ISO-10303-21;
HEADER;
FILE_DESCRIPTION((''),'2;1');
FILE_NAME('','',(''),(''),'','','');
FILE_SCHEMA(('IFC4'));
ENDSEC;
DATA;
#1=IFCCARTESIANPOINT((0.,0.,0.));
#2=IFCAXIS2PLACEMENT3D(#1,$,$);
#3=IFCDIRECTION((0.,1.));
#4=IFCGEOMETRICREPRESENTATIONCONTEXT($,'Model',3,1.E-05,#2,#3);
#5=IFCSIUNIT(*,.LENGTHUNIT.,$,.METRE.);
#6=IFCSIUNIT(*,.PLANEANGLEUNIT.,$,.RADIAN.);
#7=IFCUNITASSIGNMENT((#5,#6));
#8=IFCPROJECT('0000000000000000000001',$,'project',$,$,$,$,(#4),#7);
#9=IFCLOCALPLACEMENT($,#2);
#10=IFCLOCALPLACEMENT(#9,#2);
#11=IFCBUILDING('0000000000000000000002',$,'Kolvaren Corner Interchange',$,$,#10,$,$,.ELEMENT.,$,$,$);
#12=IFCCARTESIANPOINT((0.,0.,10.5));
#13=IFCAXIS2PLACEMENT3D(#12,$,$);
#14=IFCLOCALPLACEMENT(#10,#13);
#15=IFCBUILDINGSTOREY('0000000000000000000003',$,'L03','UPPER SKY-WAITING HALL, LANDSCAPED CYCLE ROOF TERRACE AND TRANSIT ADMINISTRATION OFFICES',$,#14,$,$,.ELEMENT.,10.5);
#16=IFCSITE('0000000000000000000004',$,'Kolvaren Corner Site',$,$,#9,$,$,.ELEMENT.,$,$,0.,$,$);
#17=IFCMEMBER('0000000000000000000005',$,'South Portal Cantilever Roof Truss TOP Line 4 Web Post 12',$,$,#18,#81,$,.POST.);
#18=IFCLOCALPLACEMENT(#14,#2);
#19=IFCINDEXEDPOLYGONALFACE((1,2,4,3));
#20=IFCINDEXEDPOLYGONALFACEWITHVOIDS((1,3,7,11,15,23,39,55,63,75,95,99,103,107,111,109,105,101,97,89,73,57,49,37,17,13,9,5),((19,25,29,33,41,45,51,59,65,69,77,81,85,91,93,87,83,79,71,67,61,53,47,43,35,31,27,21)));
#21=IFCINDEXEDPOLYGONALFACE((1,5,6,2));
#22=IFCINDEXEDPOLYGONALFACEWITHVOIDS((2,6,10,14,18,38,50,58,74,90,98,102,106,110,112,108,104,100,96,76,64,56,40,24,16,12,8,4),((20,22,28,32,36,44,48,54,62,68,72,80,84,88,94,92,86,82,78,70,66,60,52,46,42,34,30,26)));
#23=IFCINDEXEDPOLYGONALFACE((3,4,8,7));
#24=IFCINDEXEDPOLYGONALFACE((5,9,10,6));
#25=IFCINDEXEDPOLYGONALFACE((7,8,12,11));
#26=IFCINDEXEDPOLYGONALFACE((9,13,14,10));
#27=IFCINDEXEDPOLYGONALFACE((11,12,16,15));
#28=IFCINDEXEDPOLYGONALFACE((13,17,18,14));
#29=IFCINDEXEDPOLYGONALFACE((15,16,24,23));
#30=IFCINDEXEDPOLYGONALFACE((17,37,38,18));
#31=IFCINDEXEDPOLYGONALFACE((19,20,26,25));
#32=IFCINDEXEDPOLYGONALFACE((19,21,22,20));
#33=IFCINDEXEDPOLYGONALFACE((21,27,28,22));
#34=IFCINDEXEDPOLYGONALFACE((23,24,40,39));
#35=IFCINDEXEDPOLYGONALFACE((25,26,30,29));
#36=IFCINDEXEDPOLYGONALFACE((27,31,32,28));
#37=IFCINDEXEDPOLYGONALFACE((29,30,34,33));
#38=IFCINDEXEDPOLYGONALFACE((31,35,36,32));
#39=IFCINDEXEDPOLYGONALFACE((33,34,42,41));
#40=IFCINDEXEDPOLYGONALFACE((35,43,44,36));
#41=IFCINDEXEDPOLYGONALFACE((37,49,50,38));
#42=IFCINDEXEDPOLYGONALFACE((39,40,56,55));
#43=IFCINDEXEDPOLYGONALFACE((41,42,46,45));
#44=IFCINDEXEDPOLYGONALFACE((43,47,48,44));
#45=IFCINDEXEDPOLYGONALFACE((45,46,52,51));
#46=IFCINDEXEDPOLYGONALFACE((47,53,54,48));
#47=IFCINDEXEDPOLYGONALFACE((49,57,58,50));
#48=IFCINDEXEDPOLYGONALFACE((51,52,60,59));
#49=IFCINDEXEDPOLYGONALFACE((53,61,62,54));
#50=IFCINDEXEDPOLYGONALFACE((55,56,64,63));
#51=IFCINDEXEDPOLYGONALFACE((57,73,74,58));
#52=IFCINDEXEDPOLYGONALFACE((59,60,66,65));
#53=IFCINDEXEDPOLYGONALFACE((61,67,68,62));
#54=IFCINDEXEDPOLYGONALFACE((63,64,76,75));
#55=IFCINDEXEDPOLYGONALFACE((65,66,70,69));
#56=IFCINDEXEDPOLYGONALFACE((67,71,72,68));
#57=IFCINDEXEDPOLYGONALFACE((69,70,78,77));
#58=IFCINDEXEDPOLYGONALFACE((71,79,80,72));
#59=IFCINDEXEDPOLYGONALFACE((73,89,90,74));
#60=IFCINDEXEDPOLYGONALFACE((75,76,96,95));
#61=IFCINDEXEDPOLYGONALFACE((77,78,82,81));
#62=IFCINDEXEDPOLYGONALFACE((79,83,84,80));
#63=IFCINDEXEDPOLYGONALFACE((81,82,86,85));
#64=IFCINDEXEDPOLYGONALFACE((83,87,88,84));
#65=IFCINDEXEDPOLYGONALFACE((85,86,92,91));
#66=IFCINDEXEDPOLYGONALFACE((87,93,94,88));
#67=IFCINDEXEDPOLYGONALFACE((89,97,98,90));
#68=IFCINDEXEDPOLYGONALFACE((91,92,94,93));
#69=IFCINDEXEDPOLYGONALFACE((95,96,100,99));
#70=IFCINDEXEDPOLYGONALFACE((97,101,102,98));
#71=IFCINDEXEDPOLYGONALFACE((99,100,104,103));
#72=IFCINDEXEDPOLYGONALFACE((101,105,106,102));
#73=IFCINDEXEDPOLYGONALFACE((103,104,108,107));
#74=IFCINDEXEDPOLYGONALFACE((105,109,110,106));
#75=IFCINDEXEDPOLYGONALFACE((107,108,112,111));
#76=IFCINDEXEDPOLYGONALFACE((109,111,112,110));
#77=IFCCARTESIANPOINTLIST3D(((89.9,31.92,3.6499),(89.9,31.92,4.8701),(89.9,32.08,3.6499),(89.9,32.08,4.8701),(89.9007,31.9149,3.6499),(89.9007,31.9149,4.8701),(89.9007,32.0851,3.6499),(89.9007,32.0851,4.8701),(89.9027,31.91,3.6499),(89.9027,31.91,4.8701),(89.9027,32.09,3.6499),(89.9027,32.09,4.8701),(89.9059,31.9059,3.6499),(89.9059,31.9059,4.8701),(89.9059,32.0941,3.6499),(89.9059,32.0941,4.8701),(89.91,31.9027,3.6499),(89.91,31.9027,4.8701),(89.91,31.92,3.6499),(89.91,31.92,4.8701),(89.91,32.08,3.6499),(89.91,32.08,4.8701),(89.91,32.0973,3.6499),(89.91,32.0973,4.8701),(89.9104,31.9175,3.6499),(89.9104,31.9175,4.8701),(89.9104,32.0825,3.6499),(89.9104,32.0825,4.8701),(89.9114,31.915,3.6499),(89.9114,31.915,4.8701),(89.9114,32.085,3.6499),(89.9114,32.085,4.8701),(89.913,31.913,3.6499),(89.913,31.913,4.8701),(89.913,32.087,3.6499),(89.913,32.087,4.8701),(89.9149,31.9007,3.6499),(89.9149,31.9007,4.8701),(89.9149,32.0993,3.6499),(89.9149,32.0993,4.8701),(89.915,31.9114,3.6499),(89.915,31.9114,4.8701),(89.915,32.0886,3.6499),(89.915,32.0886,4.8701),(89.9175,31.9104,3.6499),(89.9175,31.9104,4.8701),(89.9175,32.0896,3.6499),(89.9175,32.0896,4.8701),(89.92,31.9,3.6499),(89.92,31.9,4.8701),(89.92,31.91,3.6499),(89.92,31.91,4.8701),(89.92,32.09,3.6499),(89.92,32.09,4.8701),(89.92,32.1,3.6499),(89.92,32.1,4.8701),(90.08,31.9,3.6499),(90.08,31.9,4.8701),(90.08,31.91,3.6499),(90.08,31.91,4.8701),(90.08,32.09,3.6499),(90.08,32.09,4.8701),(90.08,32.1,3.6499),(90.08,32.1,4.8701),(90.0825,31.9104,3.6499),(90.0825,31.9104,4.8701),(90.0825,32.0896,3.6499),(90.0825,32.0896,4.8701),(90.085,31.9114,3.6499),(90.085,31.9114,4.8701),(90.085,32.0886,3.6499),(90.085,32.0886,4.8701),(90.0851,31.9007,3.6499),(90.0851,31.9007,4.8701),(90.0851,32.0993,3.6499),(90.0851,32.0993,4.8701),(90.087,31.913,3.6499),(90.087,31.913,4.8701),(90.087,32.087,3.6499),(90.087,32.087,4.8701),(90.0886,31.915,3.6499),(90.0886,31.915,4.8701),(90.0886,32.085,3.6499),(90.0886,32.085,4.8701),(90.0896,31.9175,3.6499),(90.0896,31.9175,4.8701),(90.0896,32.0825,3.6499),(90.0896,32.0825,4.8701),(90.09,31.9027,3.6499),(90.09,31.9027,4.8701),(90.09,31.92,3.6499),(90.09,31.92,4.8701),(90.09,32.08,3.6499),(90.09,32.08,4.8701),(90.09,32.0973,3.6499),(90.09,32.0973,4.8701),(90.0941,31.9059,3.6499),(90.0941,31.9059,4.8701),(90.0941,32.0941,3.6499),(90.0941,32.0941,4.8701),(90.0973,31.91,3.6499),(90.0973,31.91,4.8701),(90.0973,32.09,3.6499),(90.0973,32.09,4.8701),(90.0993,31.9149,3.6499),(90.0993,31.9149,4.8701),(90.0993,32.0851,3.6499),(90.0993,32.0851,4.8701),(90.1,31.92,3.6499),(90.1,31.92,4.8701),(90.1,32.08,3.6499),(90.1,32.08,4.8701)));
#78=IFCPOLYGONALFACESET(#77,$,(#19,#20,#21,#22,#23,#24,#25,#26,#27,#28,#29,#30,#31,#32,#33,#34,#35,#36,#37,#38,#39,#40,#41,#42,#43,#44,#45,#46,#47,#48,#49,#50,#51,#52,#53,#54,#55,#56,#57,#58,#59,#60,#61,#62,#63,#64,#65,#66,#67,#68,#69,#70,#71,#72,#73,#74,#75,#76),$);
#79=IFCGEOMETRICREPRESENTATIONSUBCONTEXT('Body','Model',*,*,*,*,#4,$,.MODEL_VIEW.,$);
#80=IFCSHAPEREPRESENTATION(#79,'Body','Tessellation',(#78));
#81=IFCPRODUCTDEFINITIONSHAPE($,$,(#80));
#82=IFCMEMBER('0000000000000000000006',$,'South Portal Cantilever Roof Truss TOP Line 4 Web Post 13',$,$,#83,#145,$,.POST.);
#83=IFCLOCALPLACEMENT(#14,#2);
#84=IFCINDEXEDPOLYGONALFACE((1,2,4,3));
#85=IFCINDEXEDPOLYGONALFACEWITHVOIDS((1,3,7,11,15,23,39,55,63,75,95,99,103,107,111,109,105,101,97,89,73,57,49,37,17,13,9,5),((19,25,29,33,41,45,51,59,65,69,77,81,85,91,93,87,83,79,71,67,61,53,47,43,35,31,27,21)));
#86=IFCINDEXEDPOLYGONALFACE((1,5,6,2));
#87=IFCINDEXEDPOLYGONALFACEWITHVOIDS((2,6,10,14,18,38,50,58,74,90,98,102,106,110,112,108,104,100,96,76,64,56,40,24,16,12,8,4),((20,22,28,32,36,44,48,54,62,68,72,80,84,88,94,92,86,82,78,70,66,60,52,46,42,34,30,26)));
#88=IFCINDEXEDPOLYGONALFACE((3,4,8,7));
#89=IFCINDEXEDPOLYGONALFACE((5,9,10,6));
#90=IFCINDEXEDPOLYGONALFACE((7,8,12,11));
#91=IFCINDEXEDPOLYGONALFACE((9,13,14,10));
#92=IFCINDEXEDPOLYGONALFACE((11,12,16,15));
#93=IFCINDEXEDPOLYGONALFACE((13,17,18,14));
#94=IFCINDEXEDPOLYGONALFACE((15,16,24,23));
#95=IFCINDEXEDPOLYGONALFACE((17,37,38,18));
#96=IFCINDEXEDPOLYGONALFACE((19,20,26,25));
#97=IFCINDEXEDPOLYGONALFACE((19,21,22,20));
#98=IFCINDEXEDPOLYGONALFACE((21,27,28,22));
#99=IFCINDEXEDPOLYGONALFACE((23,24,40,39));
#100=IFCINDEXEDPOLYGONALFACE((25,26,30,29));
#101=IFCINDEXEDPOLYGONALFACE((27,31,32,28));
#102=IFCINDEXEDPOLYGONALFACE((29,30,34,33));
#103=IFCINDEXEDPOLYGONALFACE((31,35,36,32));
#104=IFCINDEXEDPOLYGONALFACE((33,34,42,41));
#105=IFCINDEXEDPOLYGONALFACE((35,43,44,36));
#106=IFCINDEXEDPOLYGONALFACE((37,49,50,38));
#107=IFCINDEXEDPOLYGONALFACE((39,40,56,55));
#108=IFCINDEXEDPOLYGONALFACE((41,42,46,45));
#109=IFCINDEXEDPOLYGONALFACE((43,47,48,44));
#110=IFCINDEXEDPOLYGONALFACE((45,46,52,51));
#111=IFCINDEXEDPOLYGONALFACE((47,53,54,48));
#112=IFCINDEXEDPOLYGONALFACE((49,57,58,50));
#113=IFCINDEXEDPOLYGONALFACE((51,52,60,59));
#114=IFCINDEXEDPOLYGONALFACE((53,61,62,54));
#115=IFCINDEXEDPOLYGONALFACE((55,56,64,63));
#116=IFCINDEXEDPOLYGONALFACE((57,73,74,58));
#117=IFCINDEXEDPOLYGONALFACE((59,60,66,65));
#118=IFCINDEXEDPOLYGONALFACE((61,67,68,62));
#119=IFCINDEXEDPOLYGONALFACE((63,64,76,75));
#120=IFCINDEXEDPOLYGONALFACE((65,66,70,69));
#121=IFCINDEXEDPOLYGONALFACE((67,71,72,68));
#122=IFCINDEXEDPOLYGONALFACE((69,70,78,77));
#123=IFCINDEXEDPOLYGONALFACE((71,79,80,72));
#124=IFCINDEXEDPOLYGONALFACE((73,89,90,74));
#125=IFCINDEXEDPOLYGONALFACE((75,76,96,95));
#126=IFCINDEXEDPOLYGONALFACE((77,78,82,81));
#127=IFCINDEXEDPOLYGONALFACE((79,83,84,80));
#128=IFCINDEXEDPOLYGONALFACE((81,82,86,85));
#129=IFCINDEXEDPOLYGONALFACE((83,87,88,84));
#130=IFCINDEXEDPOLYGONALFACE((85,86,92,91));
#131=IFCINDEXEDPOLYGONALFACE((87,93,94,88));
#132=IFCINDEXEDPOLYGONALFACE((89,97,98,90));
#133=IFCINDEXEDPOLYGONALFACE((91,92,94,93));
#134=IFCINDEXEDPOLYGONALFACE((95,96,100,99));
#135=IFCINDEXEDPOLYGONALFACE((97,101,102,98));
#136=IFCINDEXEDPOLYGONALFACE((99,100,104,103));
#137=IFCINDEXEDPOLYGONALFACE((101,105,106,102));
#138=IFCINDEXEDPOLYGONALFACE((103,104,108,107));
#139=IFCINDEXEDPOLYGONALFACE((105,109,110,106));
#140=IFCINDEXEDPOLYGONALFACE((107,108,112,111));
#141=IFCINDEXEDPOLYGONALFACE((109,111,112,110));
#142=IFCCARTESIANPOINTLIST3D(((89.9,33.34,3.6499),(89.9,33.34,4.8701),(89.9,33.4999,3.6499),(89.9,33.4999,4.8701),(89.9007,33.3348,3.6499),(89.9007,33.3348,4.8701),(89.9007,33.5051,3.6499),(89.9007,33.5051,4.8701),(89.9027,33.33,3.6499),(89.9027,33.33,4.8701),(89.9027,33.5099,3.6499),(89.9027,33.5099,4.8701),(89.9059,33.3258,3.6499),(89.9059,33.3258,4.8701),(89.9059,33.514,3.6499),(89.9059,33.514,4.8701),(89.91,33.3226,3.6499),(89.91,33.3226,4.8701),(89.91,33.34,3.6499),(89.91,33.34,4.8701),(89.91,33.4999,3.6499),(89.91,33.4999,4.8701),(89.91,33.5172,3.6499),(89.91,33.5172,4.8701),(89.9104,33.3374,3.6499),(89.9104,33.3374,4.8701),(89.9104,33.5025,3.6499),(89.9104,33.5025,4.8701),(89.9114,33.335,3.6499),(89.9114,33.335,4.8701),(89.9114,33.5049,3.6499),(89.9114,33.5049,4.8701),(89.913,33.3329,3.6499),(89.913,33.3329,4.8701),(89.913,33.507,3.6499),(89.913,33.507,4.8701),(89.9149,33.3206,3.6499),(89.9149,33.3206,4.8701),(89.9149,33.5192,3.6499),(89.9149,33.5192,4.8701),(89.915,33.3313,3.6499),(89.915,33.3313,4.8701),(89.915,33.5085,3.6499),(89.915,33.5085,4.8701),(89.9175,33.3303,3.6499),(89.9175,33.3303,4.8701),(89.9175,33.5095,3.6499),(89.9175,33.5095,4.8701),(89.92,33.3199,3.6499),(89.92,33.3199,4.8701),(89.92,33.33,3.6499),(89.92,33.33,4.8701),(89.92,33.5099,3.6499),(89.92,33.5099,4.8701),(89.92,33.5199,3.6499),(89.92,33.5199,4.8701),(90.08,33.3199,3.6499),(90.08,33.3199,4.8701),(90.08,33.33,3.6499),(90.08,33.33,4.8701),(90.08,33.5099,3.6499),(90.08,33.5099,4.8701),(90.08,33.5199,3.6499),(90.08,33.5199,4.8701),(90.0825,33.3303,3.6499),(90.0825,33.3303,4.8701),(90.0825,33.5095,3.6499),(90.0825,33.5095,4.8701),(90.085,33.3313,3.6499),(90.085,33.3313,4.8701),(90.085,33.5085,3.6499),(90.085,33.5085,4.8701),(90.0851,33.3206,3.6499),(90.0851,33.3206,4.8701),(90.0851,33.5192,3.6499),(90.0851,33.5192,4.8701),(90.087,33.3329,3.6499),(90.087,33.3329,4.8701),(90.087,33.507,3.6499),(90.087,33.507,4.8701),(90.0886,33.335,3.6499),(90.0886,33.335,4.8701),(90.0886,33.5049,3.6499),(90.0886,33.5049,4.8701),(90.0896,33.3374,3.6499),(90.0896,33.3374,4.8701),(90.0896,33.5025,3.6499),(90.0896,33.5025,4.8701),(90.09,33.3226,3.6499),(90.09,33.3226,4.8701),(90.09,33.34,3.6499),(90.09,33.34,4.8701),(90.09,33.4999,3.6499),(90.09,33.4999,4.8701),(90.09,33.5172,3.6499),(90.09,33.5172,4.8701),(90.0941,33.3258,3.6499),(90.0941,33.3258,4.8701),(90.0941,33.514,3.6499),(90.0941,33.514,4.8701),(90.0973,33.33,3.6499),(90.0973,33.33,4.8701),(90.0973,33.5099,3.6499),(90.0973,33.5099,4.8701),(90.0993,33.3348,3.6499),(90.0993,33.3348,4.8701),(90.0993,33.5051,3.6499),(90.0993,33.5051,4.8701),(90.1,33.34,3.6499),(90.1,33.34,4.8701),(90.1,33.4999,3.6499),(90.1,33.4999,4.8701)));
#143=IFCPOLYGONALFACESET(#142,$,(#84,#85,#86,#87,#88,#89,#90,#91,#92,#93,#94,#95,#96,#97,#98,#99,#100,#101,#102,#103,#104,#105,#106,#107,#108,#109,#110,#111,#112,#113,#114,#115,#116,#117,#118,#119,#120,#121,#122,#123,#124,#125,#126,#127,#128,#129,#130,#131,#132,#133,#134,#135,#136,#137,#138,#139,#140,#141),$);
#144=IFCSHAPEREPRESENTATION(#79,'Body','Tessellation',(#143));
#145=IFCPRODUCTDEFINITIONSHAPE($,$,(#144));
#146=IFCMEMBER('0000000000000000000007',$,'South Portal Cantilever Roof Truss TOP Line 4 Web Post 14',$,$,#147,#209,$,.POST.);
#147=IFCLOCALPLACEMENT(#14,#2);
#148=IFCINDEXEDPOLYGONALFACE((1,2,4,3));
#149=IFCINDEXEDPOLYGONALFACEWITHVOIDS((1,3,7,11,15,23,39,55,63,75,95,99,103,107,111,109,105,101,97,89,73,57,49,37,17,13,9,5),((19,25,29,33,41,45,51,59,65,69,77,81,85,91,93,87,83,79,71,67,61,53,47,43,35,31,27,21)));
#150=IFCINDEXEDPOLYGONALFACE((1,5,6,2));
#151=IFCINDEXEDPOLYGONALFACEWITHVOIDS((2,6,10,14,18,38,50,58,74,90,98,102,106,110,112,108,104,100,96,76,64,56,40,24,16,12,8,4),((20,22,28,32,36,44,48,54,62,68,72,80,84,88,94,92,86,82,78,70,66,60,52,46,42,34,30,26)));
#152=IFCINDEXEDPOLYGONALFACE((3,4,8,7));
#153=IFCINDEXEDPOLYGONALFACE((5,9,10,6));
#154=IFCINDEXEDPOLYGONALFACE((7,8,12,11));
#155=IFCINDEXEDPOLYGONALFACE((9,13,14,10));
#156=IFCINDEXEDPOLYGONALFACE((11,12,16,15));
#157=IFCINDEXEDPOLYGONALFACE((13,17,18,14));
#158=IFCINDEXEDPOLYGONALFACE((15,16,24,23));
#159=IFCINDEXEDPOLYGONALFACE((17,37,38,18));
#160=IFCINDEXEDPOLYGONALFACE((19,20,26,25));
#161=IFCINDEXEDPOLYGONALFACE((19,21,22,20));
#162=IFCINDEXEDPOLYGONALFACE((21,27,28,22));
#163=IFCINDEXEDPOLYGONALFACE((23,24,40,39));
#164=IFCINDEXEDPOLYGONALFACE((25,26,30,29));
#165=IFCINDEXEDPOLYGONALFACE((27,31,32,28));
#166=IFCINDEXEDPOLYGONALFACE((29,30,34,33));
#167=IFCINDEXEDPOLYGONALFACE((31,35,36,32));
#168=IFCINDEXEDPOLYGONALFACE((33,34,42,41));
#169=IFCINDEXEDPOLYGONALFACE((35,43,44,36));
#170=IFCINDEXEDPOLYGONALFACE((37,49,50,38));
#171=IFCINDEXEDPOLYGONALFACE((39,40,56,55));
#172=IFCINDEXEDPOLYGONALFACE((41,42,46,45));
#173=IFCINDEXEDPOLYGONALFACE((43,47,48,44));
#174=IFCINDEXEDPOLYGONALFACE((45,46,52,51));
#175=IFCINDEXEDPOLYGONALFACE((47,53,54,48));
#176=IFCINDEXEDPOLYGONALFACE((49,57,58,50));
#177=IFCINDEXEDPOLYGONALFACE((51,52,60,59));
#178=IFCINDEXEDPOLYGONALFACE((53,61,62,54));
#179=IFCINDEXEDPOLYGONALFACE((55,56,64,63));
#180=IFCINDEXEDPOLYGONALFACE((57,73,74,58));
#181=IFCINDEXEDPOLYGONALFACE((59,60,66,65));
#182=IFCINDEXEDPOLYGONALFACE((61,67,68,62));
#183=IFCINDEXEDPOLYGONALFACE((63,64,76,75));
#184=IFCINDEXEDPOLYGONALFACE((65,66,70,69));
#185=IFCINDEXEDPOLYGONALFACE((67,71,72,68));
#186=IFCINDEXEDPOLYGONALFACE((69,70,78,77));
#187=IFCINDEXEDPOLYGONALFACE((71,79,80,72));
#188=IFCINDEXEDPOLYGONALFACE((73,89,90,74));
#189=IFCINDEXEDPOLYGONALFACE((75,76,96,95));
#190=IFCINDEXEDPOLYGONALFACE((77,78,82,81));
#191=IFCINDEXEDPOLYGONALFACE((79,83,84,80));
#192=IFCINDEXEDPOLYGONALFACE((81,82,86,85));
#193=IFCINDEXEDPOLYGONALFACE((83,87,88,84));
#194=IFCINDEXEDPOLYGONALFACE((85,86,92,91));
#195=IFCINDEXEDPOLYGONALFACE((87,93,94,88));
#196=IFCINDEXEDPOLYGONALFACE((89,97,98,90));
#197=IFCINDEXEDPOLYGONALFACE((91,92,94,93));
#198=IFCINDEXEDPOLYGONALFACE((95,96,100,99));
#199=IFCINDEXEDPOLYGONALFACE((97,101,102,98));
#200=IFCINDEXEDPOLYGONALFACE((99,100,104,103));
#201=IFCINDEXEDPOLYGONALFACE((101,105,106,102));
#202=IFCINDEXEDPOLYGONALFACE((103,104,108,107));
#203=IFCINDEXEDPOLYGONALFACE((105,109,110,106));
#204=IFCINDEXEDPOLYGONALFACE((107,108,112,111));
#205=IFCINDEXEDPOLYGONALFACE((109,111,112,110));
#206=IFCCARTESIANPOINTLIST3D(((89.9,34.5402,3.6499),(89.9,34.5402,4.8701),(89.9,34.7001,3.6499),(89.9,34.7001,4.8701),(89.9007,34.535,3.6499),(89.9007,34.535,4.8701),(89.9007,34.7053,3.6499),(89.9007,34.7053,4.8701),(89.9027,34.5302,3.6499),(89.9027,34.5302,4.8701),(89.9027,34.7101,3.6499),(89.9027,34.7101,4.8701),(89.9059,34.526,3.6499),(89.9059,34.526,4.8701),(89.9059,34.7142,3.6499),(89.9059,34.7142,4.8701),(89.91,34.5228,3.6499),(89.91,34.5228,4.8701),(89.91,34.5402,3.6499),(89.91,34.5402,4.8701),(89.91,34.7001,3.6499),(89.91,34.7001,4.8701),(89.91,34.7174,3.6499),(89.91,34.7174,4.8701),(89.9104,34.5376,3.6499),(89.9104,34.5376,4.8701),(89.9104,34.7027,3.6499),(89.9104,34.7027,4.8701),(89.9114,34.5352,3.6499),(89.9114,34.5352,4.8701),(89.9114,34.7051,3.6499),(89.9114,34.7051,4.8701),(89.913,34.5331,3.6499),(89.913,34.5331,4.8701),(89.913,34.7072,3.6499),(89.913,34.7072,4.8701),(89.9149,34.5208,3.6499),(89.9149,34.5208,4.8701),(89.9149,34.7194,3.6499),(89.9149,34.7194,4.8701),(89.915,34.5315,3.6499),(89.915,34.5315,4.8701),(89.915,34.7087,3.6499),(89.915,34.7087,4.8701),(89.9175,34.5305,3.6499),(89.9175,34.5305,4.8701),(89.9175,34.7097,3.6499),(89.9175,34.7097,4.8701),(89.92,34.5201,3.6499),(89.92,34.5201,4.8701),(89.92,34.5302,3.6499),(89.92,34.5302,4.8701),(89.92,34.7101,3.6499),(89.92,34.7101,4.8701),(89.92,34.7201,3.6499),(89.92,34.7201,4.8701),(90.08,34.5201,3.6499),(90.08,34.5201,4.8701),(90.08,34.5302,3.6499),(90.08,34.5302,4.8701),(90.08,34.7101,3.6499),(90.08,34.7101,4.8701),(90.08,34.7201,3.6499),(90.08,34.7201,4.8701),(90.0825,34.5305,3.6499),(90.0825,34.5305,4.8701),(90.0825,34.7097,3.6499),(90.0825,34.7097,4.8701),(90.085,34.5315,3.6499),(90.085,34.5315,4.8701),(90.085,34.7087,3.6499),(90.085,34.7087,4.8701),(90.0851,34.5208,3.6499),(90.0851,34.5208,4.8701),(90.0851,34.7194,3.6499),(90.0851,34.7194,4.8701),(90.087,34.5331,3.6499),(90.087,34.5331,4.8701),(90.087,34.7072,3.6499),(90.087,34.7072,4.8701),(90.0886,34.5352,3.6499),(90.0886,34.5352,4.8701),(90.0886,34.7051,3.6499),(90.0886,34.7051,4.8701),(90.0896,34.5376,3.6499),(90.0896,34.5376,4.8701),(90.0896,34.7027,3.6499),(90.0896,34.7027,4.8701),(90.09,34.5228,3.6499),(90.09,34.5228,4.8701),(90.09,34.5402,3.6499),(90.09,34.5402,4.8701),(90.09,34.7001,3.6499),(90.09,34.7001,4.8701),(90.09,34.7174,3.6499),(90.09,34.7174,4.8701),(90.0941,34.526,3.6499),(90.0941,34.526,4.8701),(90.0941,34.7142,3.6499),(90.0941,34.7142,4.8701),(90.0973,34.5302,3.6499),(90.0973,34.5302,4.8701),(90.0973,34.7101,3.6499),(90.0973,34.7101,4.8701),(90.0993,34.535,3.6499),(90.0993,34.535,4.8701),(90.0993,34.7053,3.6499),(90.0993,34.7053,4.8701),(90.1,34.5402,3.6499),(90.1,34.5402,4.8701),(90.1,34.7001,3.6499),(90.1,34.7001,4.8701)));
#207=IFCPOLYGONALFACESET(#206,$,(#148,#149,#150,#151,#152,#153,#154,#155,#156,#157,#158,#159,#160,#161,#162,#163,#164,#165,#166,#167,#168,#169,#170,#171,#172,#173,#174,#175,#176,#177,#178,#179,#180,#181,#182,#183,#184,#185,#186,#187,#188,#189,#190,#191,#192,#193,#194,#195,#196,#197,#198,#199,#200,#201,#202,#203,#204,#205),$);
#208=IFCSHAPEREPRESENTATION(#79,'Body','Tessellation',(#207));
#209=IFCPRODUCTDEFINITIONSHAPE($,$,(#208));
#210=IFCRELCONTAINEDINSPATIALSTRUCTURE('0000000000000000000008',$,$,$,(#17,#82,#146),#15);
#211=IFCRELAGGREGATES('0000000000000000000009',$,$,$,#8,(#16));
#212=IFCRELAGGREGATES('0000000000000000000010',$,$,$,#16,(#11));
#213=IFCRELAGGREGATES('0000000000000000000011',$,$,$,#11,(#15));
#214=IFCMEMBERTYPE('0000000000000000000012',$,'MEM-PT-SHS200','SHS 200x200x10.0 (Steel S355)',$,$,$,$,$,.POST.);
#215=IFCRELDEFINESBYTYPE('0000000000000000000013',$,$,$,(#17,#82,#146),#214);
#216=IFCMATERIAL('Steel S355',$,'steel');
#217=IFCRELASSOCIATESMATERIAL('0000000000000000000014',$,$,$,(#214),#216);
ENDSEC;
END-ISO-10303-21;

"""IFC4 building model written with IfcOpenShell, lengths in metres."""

from ifc_helpers import new_model, si_unit, direction, frame, origin, origin_2d, place, context, subcontext, project, spatial, hollow_rectangle, extrude, material, material_profile, profile_set, type_object, element, save


model = new_model("IFC4")

# Units and contexts
model_context = context("Model", 3, precision=1e-05, world=origin(), true_north=direction((0.0, 1.0)))
body_context = subcontext(model_context, "Body", "Model", "MODEL_VIEW")
ifc_project = project(units=[si_unit("LENGTHUNIT", "METRE"), si_unit("PLANEANGLEUNIT", "RADIAN")], contexts=[model_context])

# Site, building, storey
site_placement = place(None, origin())
site = spatial("IfcSite", under=ifc_project, at=site_placement, Name="Kolvaren Corner Site", CompositionType="ELEMENT", RefElevation=0.0)
building_placement = place(site_placement, origin())
building = spatial("IfcBuilding", under=site, at=building_placement, Name="Kolvaren Corner Interchange", CompositionType="ELEMENT")
storey_placement = place(building_placement, frame((0.0, 0.0, 10.5)))
storey = spatial("IfcBuildingStorey", under=building, at=storey_placement, Name="L03", Description="UPPER SKY-WAITING HALL, LANDSCAPED CYCLE ROOF TERRACE AND TRANSIT ADMINISTRATION OFFICES", CompositionType="ELEMENT", Elevation=10.5)

# Members
ifc_material_1 = material(Name="Steel S355", Category="steel")
ifc_material_profile_1 = material_profile(ifc_material_1, hollow_rectangle(XDim=0.2, YDim=0.2, WallThickness=0.01, InnerFilletRadius=0.01, OuterFilletRadius=0.02, at=origin_2d()), Name="SHS 200x200x10.0")
ifc_profile_set_1 = profile_set([ifc_material_profile_1], Name="Steel S355")
member_type_1 = type_object("IfcMemberType", Name="MEM-PT-SHS200", Description="SHS 200x200x10.0 (Steel S355)", PredefinedType="POST", material=ifc_profile_set_1)
for number, where, z_axis, x_axis, name in (
    (1, (90.0, 32.0, 3.6499), (0.0, 0.0, 1.0), (1.0, 0.0, 0.0), "South Portal Cantilever Roof Truss TOP Line 4 Web Post 12"),
    (2, (90.0, 33.4199, 3.6499), (0.0, 0.0, 1.0), (1.0, 0.0, 0.0), "South Portal Cantilever Roof Truss TOP Line 4 Web Post 13"),
    (3, (90.0, 34.6201, 3.6499), (0.0, 0.0, 1.0), (1.0, 0.0, 0.0), "South Portal Cantilever Roof Truss TOP Line 4 Web Post 14"),
):
    element("IfcMember", number, at=place(storey_placement, frame(where, z_axis=z_axis, x_axis=x_axis)), inside=storey, type_object=member_type_1, Name=name, PredefinedType="POST", context=body_context, shape_type="SweptSolid", body=[
        extrude(hollow_rectangle(XDim=0.2, YDim=0.2, WallThickness=0.01, InnerFilletRadius=0.01, OuterFilletRadius=0.02, at=origin_2d()), origin(), (0.0, 0.0, 1.0), 1.2202),
    ])

save(model, "model.ifc")
